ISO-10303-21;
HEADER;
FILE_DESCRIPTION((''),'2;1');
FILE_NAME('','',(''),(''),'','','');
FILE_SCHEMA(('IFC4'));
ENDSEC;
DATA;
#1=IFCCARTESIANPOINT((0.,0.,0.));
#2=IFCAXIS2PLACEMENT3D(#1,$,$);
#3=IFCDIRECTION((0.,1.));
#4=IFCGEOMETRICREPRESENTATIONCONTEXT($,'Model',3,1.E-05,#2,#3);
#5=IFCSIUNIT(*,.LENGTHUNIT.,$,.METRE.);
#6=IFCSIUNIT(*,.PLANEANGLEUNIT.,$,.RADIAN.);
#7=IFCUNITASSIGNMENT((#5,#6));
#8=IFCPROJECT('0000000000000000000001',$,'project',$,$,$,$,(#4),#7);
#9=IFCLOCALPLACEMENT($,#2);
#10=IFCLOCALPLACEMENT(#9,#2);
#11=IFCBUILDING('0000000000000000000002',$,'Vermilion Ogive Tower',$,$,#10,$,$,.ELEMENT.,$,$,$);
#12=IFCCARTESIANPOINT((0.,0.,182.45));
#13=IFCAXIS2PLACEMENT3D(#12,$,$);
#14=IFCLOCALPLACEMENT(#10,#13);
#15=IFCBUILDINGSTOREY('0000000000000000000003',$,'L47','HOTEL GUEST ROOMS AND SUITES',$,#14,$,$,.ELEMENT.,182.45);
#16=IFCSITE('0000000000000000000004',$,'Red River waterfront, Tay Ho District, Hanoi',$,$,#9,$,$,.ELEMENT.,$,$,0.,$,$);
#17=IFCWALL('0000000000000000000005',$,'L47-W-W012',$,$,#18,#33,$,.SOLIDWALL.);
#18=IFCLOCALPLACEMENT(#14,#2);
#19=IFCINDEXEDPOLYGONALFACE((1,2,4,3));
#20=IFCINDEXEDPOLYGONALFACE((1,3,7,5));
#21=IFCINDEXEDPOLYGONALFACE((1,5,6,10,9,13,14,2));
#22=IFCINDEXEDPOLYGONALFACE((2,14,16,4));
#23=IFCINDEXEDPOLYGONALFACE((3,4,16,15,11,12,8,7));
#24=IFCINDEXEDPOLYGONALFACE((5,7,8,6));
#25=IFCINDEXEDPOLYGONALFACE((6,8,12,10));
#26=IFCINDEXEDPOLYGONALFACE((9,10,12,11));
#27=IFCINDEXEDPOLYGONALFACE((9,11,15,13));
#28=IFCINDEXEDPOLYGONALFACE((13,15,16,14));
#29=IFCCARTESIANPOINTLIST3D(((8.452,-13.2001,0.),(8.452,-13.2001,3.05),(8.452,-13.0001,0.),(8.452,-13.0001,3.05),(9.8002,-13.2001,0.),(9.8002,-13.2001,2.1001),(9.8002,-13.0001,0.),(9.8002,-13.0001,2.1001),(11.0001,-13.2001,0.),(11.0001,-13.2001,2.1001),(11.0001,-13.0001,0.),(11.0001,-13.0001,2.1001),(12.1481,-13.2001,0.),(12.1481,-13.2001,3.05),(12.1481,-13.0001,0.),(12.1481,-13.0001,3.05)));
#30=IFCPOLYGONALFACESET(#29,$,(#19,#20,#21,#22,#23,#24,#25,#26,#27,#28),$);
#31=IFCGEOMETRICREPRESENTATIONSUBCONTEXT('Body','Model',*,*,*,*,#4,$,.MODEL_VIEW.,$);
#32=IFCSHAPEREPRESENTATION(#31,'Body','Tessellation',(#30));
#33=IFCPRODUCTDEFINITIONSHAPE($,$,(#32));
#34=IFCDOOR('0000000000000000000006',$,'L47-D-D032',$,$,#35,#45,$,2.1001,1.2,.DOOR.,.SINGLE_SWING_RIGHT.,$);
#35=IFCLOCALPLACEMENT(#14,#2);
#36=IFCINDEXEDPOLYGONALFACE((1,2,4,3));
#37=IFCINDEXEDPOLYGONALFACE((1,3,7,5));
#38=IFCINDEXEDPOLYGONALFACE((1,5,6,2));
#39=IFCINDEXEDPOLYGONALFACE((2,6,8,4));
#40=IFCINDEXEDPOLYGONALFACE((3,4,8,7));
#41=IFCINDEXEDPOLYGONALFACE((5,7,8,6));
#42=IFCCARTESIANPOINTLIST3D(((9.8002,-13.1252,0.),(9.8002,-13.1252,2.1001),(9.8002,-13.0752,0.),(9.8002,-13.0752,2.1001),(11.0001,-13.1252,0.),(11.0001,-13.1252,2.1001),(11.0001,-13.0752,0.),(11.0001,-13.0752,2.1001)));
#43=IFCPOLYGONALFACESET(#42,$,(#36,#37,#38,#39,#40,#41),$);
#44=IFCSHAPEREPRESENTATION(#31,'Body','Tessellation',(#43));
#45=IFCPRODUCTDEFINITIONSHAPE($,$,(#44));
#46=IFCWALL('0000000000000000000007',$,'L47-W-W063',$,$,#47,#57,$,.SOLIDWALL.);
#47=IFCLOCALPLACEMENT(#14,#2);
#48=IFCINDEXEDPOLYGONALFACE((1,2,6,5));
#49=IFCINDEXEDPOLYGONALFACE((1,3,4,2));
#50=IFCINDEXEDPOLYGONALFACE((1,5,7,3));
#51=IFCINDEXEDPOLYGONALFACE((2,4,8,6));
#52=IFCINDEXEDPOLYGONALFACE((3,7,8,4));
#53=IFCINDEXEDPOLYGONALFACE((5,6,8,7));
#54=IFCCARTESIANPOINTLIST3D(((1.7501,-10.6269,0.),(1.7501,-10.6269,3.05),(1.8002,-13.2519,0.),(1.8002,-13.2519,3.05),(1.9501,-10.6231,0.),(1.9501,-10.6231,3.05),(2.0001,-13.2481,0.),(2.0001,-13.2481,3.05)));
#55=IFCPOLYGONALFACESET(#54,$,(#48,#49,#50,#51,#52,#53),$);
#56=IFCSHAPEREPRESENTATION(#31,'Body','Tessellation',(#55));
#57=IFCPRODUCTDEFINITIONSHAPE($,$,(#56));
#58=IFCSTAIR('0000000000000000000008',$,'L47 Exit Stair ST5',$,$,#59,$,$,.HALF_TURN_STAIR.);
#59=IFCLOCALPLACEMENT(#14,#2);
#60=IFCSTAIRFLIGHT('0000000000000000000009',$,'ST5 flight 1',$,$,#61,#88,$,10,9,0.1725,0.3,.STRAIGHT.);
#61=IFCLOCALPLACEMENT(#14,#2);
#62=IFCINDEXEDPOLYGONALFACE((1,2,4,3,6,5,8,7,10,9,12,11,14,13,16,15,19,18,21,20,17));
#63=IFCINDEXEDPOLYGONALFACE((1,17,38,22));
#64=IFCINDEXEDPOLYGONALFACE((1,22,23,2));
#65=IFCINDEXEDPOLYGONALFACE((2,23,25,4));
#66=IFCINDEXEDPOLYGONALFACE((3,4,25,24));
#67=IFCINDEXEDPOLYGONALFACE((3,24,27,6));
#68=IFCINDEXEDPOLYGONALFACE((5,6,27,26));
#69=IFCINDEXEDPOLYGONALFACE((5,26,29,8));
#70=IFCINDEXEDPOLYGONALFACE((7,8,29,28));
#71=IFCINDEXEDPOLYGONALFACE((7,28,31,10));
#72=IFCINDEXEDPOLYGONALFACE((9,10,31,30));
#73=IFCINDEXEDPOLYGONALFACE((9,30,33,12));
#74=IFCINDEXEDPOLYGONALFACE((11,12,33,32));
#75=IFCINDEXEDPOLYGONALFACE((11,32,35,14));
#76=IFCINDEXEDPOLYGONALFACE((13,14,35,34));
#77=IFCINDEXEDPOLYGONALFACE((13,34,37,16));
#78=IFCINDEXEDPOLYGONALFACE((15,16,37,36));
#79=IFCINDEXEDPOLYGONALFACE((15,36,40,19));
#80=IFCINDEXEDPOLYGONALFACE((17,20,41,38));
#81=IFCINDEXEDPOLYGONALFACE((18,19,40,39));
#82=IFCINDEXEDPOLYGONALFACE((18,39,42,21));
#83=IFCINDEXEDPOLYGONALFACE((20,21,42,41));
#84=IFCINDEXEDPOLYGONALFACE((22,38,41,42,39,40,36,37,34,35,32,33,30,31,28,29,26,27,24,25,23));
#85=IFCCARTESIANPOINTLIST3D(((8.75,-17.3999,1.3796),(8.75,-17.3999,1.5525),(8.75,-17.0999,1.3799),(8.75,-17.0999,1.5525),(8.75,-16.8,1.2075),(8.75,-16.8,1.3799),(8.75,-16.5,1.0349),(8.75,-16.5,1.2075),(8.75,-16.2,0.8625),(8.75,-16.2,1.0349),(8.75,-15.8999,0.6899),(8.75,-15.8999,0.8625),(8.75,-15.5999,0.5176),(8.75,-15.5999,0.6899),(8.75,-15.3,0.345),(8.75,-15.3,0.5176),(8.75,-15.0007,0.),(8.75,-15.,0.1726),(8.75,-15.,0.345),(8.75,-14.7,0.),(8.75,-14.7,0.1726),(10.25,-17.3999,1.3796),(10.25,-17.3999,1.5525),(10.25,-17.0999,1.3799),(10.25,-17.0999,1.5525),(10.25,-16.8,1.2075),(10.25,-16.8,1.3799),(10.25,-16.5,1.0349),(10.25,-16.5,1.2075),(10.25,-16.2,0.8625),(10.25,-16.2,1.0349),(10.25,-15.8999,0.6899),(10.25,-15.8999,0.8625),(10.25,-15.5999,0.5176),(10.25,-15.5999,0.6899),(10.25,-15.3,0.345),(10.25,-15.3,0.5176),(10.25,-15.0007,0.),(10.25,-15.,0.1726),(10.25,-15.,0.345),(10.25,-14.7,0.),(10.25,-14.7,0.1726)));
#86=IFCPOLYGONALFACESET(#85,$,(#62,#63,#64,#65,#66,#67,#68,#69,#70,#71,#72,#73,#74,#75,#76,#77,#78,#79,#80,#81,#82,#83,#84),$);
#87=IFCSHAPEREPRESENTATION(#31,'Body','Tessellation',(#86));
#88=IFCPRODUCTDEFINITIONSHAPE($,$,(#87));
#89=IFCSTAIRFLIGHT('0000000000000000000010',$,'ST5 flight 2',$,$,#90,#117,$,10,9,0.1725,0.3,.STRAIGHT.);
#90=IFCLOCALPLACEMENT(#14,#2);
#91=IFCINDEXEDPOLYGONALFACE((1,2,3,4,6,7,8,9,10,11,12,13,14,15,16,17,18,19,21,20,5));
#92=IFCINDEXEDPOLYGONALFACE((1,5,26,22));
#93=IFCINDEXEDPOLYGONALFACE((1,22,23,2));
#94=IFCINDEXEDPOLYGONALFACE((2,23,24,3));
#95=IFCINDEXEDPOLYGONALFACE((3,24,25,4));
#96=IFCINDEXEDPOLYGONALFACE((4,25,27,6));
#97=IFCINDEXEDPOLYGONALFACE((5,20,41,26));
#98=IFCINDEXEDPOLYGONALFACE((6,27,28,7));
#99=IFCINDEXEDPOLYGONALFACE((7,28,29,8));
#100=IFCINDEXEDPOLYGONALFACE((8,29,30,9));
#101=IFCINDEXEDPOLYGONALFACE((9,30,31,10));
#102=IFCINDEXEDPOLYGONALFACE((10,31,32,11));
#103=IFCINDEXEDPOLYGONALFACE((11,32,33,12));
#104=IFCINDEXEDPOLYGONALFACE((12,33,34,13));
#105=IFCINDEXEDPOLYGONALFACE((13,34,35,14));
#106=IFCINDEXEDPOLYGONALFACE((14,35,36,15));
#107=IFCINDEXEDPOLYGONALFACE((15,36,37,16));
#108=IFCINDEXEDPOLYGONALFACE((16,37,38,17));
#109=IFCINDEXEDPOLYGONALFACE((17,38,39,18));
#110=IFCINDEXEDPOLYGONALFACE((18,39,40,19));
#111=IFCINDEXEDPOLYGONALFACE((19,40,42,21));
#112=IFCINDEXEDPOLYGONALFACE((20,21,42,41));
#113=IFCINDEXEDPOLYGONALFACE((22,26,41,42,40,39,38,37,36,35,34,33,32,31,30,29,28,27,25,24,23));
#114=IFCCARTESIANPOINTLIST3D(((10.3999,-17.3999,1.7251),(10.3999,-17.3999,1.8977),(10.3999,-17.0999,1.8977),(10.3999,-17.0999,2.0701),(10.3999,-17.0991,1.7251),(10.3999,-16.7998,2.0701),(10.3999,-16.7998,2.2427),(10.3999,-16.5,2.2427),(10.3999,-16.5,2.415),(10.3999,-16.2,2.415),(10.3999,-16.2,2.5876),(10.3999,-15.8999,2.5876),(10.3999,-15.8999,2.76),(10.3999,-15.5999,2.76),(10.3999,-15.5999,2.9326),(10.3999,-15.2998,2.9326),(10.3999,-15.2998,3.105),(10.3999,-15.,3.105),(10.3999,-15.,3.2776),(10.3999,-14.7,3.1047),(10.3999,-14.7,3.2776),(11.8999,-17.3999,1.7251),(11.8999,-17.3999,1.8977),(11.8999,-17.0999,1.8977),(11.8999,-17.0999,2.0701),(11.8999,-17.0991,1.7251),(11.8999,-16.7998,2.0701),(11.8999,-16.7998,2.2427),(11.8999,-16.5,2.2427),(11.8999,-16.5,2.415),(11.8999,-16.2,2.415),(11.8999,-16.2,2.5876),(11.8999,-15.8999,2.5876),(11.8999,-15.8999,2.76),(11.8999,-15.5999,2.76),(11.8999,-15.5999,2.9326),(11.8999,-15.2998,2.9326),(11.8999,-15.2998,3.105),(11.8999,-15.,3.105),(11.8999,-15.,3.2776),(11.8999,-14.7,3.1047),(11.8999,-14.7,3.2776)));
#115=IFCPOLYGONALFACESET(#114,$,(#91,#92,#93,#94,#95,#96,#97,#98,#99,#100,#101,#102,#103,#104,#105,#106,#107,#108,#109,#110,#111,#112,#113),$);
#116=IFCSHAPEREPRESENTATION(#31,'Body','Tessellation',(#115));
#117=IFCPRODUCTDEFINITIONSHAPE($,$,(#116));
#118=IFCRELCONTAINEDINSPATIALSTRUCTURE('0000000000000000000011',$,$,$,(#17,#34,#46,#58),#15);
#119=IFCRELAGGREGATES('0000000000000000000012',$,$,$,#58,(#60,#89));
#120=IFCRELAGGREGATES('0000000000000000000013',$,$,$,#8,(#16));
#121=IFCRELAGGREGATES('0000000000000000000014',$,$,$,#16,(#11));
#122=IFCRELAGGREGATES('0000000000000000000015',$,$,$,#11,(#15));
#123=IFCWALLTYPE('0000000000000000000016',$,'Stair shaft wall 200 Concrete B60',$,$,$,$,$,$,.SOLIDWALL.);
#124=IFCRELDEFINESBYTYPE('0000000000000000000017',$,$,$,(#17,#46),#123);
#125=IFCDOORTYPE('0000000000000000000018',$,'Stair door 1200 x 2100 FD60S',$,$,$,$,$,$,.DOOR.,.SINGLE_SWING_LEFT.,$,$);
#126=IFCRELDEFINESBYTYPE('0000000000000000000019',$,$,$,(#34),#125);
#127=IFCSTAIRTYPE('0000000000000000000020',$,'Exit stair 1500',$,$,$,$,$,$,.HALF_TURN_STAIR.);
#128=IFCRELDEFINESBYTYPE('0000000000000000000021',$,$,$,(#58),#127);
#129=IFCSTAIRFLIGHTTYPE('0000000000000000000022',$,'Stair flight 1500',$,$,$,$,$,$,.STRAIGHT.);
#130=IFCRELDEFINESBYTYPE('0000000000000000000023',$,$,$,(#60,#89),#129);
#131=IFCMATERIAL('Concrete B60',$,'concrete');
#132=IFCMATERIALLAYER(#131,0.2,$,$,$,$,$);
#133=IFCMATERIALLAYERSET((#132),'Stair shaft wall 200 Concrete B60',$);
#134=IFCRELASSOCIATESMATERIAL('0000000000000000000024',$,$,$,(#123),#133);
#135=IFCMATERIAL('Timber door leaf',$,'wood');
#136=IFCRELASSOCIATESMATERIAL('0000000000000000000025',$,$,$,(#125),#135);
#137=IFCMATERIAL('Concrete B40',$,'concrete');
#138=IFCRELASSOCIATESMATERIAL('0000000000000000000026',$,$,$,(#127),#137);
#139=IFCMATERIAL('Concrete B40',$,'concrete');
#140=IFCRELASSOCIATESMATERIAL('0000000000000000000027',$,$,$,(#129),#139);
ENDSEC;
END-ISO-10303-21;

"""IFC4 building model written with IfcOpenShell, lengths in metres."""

from ifc_helpers import new_model, si_unit, direction, frame, frame_2d, origin, place, context, subcontext, project, spatial, polyline, rectangle, outline, extrude, material, layer, layer_set, type_object, element, fill, aggregate, save


model = new_model("IFC4")

# Units and contexts
model_context = context("Model", 3, precision=1e-05, world=origin(), true_north=direction((0.0, 1.0)))
body_context = subcontext(model_context, "Body", "Model", "MODEL_VIEW")
ifc_project = project(units=[si_unit("LENGTHUNIT", "METRE"), si_unit("PLANEANGLEUNIT", "RADIAN")], contexts=[model_context])

# Site, building, storey
site_placement = place(None, origin())
site = spatial("IfcSite", under=ifc_project, at=site_placement, Name="Red River waterfront, Tay Ho District, Hanoi", CompositionType="ELEMENT", RefElevation=0.0)
building_placement = place(site_placement, origin())
building = spatial("IfcBuilding", under=site, at=building_placement, Name="Vermilion Ogive Tower", CompositionType="ELEMENT")
storey_placement = place(building_placement, frame((0.0, 0.0, 182.45)))
storey = spatial("IfcBuildingStorey", under=building, at=storey_placement, Name="L47", Description="HOTEL GUEST ROOMS AND SUITES", CompositionType="ELEMENT", Elevation=182.45)

# Wall, opening, door
ifc_material_1 = material(Name="Concrete B60", Category="concrete")
ifc_layer_1 = layer(ifc_material_1, 0.2)
ifc_layer_set_1 = layer_set([ifc_layer_1], Name="Stair shaft wall 200 Concrete B60")
wall_type_1 = type_object("IfcWallType", Name="Stair shaft wall 200 Concrete B60", PredefinedType="SOLIDWALL", material=ifc_layer_set_1)
wall_1_placement = place(storey_placement, frame((8.4519, -13.1001, 0.0), z_axis=(0.0, 0.0, 1.0), x_axis=(1.0, 0.0, 0.0)))
wall_1 = element("IfcWall", 1, at=wall_1_placement, inside=storey, type_object=wall_type_1, Name="L47-W-W012", PredefinedType="SOLIDWALL", context=body_context, shape_type="SweptSolid", body=[
    extrude(rectangle(XDim=3.696, YDim=0.2, at=frame_2d((1.8481, 0.0))), origin(), (0.0, 0.0, 1.0), 3.05),
])
opening_1_placement = place(wall_1_placement, frame((1.3481, 0.0, 0.0)))
opening_1 = element("IfcOpeningElement", 2, at=opening_1_placement, cuts=wall_1, PredefinedType="OPENING", context=body_context, shape_type="SweptSolid", body=[
    extrude(rectangle(XDim=1.2, YDim=2.1001, at=frame_2d((0.6001, 1.05))), frame((0.0, 0.1099, 0.0), z_axis=(0.0, -1.0, 0.0), x_axis=(1.0, 0.0, 0.0)), (0.0, 0.0, 1.0), 0.22),
])
ifc_material_2 = material(Name="Timber door leaf", Category="wood")
door_type_1 = type_object("IfcDoorType", Name="Stair door 1200 x 2100 FD60S", OperationType="SINGLE_SWING_LEFT", PredefinedType="DOOR", material=ifc_material_2)
door_1_placement = place(opening_1_placement, origin())
door_1 = element("IfcDoor", 3, at=door_1_placement, inside=storey, type_object=door_type_1, Name="L47-D-D032", OperationType="SINGLE_SWING_RIGHT", OverallHeight=2.1001, OverallWidth=1.2, PredefinedType="DOOR", context=body_context, shape_type="SweptSolid", body=[
    extrude(rectangle(XDim=1.2, YDim=2.1001, at=frame_2d((0.6001, 1.05))), frame((0.0, 0.0249, 0.0), z_axis=(0.0, -1.0, 0.0), x_axis=(1.0, 0.0, 0.0)), (0.0, 0.0, 1.0), 0.05),
])
fill(opening_1, door_1)

# Wall
wall_2_placement = place(storey_placement, frame((1.9001, -13.25, 0.0), z_axis=(0.0, 0.0, 1.0), x_axis=(-0.019063, 0.999818, 0.0)))
element("IfcWall", 4, at=wall_2_placement, inside=storey, type_object=wall_type_1, Name="L47-W-W063", PredefinedType="SOLIDWALL", context=body_context, shape_type="SweptSolid", body=[
    extrude(rectangle(XDim=2.6255, YDim=0.2, at=frame_2d((1.3127, 0.0))), origin(), (0.0, 0.0, 1.0), 3.05),
])

# Stair, stair flights
ifc_material_3 = material(Name="Concrete B40", Category="concrete")
stair_type = type_object("IfcStairType", Name="Exit stair 1500", PredefinedType="HALF_TURN_STAIR", material=ifc_material_3)
stair_placement = place(storey_placement, origin())
stair = element("IfcStair", 5, at=stair_placement, inside=storey, type_object=stair_type, Name="L47 Exit Stair ST5", PredefinedType="HALF_TURN_STAIR")
ifc_material_4 = material(Name="Concrete B40", Category="concrete")
stair_flight_type = type_object("IfcStairFlightType", Name="Stair flight 1500", PredefinedType="STRAIGHT", material=ifc_material_4)
stair_flight_1_placement = place(storey_placement, frame((9.5, -14.7, 0.0), z_axis=(0.0, 0.0, 1.0), x_axis=(0.0, -1.0, 0.0)))
stair_flight_1 = element("IfcStairFlight", 6, at=stair_flight_1_placement, type_object=stair_flight_type, Name="ST5 flight 1", NumberOfRisers=10, NumberOfTreads=9, PredefinedType="STRAIGHT", RiserHeight=0.1725, TreadLength=0.3, context=body_context, shape_type="SweptSolid", body=[
    extrude(outline(polyline([(0.0, 0.0), (0.0, 0.1726), (0.3, 0.1726), (0.3, 0.345), (0.6001, 0.345), (0.6001, 0.5176), (0.8999, 0.5176), (0.8999, 0.6899), (1.2, 0.6899), (1.2, 0.8625), (1.5, 0.8625), (1.5, 1.0349), (1.8, 1.0349), (1.8, 1.2075), (2.1001, 1.2075), (2.1001, 1.3799), (2.3999, 1.3799), (2.3999, 1.5525), (2.7, 1.5525), (2.7, 1.7251), (2.7, 1.3796), (0.3008, 0.0), (0.0, 0.0)])), frame((0.0, 0.75, 0.0), z_axis=(0.0, -1.0, 0.0), x_axis=(1.0, 0.0, 0.0)), (0.0, 0.0, 1.0), 1.5),
])
stair_flight_2_placement = place(storey_placement, frame((11.1499, -17.3999, 1.7251), z_axis=(0.0, 0.0, 1.0), x_axis=(0.0, 1.0, 0.0)))
stair_flight_2 = element("IfcStairFlight", 7, at=stair_flight_2_placement, type_object=stair_flight_type, Name="ST5 flight 2", NumberOfRisers=10, NumberOfTreads=9, PredefinedType="STRAIGHT", RiserHeight=0.1725, TreadLength=0.3, context=body_context, shape_type="SweptSolid", body=[
    extrude(outline(polyline([(0.0, 0.0), (0.0, 0.1726), (0.3, 0.1726), (0.3, 0.345), (0.6001, 0.345), (0.6001, 0.5176), (0.8999, 0.5176), (0.8999, 0.6899), (1.2, 0.6899), (1.2, 0.8625), (1.5, 0.8625), (1.5, 1.0349), (1.8, 1.0349), (1.8, 1.2075), (2.1001, 1.2075), (2.1001, 1.3799), (2.3999, 1.3799), (2.3999, 1.5525), (2.7, 1.5525), (2.7, 1.7251), (2.7, 1.3796), (0.3008, 0.0), (0.0, 0.0)])), frame((0.0, 0.75, 0.0), z_axis=(0.0, -1.0, 0.0), x_axis=(1.0, 0.0, 0.0)), (0.0, 0.0, 1.0), 1.5),
])
aggregate(stair, [stair_flight_1, stair_flight_2])

save(model, "model.ifc")
